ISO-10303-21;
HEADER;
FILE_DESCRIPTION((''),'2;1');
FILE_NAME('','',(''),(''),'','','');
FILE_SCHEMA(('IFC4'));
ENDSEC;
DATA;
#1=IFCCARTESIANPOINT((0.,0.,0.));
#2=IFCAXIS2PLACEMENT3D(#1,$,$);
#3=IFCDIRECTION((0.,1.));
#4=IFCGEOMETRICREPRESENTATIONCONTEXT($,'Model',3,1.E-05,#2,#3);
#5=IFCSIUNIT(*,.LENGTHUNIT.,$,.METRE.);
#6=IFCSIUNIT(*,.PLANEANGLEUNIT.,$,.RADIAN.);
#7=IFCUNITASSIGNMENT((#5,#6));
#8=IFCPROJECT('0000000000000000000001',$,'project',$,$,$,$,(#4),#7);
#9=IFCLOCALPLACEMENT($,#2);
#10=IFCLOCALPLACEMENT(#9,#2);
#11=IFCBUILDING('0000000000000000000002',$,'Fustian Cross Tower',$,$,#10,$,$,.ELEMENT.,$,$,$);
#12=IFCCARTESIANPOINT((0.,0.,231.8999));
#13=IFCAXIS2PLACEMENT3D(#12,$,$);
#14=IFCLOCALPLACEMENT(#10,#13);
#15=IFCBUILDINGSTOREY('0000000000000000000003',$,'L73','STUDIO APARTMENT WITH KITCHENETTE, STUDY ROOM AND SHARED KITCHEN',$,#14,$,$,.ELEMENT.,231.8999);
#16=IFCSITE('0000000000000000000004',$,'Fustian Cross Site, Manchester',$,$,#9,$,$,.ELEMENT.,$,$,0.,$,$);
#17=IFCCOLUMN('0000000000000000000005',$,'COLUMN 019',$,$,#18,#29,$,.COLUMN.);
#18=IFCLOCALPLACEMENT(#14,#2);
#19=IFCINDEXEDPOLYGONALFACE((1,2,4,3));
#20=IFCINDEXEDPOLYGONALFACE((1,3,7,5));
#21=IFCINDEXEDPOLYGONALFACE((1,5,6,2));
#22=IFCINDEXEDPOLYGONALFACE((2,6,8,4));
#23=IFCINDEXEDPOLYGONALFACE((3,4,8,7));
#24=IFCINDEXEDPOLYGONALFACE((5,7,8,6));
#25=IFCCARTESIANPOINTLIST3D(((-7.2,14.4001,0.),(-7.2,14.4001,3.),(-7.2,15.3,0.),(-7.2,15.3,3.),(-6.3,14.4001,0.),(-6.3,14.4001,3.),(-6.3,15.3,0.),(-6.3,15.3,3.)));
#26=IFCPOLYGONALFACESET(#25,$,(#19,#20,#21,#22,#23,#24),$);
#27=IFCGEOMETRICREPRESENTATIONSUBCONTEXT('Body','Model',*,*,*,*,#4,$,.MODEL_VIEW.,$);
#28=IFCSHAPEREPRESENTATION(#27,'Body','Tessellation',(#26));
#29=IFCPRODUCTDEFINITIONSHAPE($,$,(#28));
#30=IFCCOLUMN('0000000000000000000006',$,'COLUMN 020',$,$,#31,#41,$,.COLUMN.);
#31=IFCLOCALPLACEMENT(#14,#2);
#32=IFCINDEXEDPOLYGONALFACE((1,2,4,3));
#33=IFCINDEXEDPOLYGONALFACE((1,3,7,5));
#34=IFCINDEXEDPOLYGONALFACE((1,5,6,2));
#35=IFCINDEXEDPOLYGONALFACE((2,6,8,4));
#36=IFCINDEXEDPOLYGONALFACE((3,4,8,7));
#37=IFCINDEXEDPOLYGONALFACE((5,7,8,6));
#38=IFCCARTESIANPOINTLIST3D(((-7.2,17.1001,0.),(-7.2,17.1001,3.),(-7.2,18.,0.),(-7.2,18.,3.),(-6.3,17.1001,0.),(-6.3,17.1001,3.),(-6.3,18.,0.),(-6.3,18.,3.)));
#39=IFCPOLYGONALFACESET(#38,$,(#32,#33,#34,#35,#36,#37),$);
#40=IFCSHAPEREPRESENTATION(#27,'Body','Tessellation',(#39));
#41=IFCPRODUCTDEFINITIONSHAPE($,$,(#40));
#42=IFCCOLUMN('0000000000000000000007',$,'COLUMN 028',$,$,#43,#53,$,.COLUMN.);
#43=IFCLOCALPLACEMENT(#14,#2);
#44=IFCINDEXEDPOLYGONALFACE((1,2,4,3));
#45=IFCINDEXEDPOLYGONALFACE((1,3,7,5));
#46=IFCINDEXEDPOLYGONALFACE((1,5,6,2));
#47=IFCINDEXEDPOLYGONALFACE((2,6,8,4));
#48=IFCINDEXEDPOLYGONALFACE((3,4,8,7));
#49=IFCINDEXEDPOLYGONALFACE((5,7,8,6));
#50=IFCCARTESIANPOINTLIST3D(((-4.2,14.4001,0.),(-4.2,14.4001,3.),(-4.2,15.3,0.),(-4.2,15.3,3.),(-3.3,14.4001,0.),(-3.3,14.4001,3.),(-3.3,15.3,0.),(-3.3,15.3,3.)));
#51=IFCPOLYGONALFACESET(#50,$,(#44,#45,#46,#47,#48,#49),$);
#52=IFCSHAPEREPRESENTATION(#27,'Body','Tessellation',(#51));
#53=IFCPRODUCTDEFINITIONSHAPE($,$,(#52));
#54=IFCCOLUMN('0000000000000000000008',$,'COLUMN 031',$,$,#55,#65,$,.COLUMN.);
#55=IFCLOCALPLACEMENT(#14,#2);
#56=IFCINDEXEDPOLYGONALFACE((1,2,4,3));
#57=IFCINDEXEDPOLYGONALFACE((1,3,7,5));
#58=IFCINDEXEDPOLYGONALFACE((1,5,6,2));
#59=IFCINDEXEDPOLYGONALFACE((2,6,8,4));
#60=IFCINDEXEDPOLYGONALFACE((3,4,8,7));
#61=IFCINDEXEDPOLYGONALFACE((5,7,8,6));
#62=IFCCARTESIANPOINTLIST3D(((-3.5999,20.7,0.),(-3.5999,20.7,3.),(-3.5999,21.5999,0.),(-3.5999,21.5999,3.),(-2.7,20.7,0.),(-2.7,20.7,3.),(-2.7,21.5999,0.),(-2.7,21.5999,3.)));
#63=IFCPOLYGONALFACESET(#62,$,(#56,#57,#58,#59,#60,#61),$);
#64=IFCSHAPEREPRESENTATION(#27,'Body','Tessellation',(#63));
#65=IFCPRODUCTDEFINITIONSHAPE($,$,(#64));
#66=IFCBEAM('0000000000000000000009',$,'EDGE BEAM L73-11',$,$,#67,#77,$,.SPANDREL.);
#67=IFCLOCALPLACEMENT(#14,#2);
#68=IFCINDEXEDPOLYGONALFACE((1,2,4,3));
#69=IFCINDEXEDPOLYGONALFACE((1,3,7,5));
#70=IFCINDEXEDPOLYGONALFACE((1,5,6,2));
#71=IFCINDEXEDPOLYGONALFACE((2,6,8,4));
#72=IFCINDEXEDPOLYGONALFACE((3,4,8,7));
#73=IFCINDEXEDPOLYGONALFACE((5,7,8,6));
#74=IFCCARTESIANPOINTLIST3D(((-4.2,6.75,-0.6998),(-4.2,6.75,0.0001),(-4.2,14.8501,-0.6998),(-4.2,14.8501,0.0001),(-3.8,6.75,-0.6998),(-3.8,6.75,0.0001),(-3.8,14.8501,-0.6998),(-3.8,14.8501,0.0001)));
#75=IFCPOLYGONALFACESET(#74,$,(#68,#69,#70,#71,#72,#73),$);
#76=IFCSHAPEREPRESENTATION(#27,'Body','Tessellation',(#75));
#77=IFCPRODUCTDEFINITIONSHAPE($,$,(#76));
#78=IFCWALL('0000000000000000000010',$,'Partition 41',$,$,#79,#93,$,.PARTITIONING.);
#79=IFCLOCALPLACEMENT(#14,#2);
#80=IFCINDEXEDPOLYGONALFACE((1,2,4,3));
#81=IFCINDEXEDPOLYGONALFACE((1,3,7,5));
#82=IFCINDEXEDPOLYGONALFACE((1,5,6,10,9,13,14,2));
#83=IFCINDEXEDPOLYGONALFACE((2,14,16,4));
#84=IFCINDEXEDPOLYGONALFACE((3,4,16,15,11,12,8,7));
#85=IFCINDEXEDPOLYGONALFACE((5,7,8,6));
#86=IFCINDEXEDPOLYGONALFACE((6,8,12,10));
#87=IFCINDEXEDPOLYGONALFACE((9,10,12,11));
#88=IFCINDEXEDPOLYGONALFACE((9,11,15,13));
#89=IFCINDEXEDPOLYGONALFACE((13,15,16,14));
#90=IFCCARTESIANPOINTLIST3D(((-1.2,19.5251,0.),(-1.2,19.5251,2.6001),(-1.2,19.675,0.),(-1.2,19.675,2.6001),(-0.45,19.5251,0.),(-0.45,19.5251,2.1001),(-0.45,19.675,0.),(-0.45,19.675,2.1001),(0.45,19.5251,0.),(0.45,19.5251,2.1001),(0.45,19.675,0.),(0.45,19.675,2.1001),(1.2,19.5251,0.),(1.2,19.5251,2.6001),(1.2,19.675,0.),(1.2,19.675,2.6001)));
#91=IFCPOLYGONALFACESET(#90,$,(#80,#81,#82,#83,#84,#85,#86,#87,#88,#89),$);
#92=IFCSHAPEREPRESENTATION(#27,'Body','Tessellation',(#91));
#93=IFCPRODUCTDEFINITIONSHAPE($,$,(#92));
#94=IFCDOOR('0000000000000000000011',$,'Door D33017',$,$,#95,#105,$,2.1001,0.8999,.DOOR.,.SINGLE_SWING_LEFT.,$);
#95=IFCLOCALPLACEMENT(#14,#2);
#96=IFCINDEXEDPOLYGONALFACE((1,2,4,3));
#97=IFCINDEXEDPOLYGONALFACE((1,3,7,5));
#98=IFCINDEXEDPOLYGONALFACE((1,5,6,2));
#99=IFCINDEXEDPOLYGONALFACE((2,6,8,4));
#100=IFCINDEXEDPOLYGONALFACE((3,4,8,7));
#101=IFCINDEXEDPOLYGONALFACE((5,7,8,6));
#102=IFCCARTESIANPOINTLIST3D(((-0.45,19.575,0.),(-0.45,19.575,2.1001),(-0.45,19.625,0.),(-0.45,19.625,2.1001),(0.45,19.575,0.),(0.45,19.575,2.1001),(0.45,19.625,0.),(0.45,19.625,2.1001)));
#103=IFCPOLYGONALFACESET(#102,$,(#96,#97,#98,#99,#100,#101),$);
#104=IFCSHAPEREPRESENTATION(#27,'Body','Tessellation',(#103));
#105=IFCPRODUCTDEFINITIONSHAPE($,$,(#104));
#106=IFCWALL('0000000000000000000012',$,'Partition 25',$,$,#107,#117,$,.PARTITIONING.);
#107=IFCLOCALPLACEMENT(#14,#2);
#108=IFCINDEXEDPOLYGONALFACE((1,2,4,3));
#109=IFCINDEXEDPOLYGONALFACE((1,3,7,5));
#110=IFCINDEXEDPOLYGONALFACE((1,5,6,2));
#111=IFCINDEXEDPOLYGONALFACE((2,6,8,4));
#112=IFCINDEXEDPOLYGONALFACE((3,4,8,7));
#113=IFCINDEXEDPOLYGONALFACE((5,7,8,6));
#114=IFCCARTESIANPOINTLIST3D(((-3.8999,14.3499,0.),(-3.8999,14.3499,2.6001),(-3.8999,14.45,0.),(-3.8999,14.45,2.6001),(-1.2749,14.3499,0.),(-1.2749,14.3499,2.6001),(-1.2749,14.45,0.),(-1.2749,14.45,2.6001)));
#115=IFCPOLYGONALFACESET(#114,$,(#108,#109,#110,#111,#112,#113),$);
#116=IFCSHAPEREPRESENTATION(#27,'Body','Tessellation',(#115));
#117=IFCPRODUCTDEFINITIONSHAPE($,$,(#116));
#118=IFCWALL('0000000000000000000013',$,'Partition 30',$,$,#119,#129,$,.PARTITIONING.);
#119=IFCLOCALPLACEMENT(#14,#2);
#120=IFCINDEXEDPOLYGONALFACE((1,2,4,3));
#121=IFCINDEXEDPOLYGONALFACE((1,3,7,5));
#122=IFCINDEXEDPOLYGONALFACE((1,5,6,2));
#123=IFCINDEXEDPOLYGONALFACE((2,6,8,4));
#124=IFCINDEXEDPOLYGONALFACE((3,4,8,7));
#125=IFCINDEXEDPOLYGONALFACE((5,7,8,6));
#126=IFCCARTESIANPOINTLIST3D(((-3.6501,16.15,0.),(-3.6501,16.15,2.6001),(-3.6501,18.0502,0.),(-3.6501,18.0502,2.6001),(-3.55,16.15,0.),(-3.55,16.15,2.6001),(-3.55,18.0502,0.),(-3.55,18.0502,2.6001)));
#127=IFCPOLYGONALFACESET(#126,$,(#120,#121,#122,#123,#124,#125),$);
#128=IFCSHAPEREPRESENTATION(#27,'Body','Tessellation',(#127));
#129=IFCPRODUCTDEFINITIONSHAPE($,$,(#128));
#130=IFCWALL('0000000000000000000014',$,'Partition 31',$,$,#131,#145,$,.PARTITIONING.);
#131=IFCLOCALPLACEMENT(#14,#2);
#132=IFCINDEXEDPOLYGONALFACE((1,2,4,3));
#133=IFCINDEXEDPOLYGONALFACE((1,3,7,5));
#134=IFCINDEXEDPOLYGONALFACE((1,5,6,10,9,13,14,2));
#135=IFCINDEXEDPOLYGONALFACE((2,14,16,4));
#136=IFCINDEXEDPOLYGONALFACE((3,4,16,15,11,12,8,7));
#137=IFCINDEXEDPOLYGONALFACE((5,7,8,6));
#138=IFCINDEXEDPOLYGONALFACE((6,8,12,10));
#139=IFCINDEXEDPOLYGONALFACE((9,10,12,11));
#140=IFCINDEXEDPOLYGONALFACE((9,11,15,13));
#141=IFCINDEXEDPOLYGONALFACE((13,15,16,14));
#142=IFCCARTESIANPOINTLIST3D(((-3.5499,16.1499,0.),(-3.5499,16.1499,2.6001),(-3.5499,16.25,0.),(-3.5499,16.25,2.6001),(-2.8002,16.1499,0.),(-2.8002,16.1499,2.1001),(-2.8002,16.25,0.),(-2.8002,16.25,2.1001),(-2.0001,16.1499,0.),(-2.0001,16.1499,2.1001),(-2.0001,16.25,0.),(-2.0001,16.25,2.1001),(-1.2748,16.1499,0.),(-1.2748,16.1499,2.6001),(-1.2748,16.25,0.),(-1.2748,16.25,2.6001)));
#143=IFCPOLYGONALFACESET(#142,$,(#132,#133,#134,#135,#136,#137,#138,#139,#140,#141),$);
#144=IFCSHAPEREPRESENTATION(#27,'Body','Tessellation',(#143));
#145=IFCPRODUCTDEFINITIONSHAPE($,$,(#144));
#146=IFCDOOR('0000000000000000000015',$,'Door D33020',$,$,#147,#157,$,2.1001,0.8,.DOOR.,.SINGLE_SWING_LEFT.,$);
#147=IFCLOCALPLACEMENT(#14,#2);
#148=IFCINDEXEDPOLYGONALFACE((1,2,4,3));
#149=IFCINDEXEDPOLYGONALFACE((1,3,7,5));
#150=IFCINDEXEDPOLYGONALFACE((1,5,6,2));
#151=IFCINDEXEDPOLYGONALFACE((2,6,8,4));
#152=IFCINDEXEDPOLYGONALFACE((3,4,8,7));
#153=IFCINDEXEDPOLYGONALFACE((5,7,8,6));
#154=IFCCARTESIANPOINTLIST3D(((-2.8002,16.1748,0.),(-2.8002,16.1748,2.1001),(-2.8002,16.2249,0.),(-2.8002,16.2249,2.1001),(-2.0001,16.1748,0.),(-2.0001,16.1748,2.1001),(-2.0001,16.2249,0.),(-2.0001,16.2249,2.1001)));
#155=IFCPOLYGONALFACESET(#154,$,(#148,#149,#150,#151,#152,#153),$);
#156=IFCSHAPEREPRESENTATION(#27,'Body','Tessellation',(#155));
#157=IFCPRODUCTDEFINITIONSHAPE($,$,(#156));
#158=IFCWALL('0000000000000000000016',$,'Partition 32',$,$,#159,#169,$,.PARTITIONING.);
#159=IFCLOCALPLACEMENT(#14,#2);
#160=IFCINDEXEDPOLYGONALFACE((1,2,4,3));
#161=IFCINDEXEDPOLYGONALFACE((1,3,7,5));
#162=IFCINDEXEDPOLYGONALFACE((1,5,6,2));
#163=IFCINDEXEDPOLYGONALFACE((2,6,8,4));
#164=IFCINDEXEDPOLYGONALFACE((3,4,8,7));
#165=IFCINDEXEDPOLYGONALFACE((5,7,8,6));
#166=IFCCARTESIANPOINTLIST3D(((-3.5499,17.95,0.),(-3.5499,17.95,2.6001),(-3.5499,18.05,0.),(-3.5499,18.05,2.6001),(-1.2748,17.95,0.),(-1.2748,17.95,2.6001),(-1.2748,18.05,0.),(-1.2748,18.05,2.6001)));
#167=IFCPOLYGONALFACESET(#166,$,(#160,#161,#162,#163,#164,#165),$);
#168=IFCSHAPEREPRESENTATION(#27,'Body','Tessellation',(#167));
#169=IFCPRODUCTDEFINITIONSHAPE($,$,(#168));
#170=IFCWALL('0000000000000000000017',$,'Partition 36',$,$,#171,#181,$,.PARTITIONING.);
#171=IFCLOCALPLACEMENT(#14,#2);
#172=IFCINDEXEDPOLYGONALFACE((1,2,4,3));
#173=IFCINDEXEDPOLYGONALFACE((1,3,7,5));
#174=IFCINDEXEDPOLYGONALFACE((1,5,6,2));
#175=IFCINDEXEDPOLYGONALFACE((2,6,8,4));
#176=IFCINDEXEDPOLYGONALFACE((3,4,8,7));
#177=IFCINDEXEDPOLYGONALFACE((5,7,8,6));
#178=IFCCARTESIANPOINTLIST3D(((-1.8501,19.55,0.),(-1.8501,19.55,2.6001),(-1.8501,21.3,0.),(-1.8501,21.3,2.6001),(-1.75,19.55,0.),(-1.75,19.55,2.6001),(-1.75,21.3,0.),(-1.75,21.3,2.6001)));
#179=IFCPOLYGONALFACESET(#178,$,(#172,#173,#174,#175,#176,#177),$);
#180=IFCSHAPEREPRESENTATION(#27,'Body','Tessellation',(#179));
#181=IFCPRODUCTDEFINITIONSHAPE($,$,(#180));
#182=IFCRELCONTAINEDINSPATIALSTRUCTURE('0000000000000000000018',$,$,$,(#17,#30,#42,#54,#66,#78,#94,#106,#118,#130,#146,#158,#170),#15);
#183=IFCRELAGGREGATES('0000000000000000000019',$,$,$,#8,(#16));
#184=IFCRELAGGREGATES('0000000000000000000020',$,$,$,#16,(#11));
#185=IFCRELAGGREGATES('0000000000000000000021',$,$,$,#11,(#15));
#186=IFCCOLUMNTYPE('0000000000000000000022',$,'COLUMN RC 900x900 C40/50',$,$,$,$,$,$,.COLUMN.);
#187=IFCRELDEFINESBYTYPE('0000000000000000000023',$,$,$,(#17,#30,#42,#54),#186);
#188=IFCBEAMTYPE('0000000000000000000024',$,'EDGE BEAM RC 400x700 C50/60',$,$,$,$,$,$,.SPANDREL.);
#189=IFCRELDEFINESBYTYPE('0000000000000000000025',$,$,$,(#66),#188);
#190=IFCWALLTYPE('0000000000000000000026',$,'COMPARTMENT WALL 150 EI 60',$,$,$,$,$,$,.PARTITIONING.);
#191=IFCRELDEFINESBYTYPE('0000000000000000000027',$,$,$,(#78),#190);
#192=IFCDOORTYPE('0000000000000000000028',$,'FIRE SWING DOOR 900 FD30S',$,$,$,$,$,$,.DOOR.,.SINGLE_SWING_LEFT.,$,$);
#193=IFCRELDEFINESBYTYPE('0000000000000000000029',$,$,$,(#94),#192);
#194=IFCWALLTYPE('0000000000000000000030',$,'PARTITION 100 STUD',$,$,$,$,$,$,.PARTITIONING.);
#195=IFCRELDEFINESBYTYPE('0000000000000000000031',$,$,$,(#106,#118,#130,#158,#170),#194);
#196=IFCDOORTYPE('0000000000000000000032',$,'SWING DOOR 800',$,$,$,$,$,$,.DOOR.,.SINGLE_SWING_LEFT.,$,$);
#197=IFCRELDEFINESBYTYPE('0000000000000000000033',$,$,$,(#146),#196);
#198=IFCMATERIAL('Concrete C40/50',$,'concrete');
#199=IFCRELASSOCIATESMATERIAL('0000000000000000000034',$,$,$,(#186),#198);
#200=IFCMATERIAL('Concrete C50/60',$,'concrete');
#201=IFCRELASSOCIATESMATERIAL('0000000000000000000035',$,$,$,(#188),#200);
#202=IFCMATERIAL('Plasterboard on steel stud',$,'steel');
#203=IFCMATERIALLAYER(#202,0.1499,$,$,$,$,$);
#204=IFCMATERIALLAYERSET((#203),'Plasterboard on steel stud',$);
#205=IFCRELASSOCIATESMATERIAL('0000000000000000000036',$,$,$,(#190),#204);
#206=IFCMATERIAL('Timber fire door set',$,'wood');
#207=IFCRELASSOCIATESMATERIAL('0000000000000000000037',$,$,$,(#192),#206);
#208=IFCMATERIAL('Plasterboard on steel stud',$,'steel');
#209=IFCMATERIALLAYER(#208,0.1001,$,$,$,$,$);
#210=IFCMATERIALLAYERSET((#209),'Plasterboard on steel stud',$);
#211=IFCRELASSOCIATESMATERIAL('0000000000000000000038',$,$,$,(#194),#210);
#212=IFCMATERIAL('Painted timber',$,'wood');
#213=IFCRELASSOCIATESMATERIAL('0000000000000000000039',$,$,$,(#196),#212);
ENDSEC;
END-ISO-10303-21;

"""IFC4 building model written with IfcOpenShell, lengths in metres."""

from ifc_helpers import new_model, si_unit, direction, frame, frame_2d, origin, origin_2d, place, context, subcontext, project, spatial, rectangle, extrude, material, layer, layer_set, material_profile, profile_set, type_object, element, fill, save


model = new_model("IFC4")

# Units and contexts
model_context = context("Model", 3, precision=1e-05, world=origin(), true_north=direction((0.0, 1.0)))
body_context = subcontext(model_context, "Body", "Model", "MODEL_VIEW")
ifc_project = project(units=[si_unit("LENGTHUNIT", "METRE"), si_unit("PLANEANGLEUNIT", "RADIAN")], contexts=[model_context])

# Site, building, storey
site_placement = place(None, origin())
site = spatial("IfcSite", under=ifc_project, at=site_placement, Name="Fustian Cross Site, Manchester", CompositionType="ELEMENT", RefElevation=0.0)
building_placement = place(site_placement, origin())
building = spatial("IfcBuilding", under=site, at=building_placement, Name="Fustian Cross Tower", CompositionType="ELEMENT")
storey_placement = place(building_placement, frame((0.0, 0.0, 231.8999)))
storey = spatial("IfcBuildingStorey", under=building, at=storey_placement, Name="L73", Description="STUDIO APARTMENT WITH KITCHENETTE, STUDY ROOM AND SHARED KITCHEN", CompositionType="ELEMENT", Elevation=231.8999)

# Columns
ifc_material_1 = material(Name="Concrete C40/50", Category="concrete")
ifc_material_profile_1 = material_profile(ifc_material_1, rectangle(XDim=0.8999, YDim=0.8999, at=origin_2d()), Name="RC 900x900")
ifc_profile_set_1 = profile_set([ifc_material_profile_1], Name="Concrete C40/50")
column_type = type_object("IfcColumnType", Name="COLUMN RC 900x900 C40/50", PredefinedType="COLUMN", material=ifc_profile_set_1)
for number, where, z_axis, x_axis, name in (
    (1, (-6.75, 14.8501, 0.0), (0.0, 0.0, 1.0), (1.0, 0.0, 0.0), "COLUMN 019"),
    (2, (-6.75, 17.55, 0.0), (0.0, 0.0, 1.0), (1.0, 0.0, 0.0), "COLUMN 020"),
    (3, (-3.75, 14.8501, 0.0), (0.0, 0.0, 1.0), (1.0, 0.0, 0.0), "COLUMN 028"),
    (4, (-3.1499, 21.1499, 0.0), (0.0, 0.0, 1.0), (1.0, 0.0, 0.0), "COLUMN 031"),
):
    element("IfcColumn", number, at=place(storey_placement, frame(where, z_axis=z_axis, x_axis=x_axis)), inside=storey, type_object=column_type, Name=name, PredefinedType="COLUMN", context=body_context, shape_type="SweptSolid", body=[
        extrude(rectangle(XDim=0.8999, YDim=0.8999, at=origin_2d()), origin(), (0.0, 0.0, 1.0), 3.0),
    ])

# Beam
ifc_material_2 = material(Name="Concrete C50/60", Category="concrete")
ifc_material_profile_2 = material_profile(ifc_material_2, rectangle(XDim=0.3999, YDim=0.7, at=origin_2d()), Name="RC 400x700")
ifc_profile_set_2 = profile_set([ifc_material_profile_2], Name="Concrete C50/60")
beam_type = type_object("IfcBeamType", Name="EDGE BEAM RC 400x700 C50/60", PredefinedType="SPANDREL", material=ifc_profile_set_2)
beam_placement = place(storey_placement, frame((-4.0, 14.8501, -0.3499), z_axis=(0.0, -1.0, 0.0), x_axis=(1.0, 0.0, 0.0)))
element("IfcBeam", 5, at=beam_placement, inside=storey, type_object=beam_type, Name="EDGE BEAM L73-11", PredefinedType="SPANDREL", context=body_context, shape_type="SweptSolid", body=[
    extrude(rectangle(XDim=0.3999, YDim=0.7, at=origin_2d()), origin(), (0.0, 0.0, 1.0), 8.1001),
])

# Wall, opening, door
ifc_material_3 = material(Name="Plasterboard on steel stud", Category="steel")
ifc_layer_1 = layer(ifc_material_3, 0.1499)
ifc_layer_set_1 = layer_set([ifc_layer_1], Name="Plasterboard on steel stud")
wall_type_1 = type_object("IfcWallType", Name="COMPARTMENT WALL 150 EI 60", PredefinedType="PARTITIONING", material=ifc_layer_set_1)
wall_1_placement = place(storey_placement, frame((-1.2, 19.6001, 0.0), z_axis=(0.0, 0.0, 1.0), x_axis=(1.0, 0.0, 0.0)))
wall_1 = element("IfcWall", 6, at=wall_1_placement, inside=storey, type_object=wall_type_1, Name="Partition 41", PredefinedType="PARTITIONING", context=body_context, shape_type="SweptSolid", body=[
    extrude(rectangle(XDim=2.3999, YDim=0.1499, at=frame_2d((1.2, 0.0))), origin(), (0.0, 0.0, 1.0), 2.6001),
])
opening_1_placement = place(wall_1_placement, frame((0.75, 0.0, 0.0)))
opening_1 = element("IfcOpeningElement", 7, at=opening_1_placement, cuts=wall_1, PredefinedType="OPENING", context=body_context, shape_type="SweptSolid", body=[
    extrude(rectangle(XDim=0.8999, YDim=2.1001, at=frame_2d((0.45, 1.05))), frame((0.0, 0.085, 0.0), z_axis=(0.0, -1.0, 0.0), x_axis=(1.0, 0.0, 0.0)), (0.0, 0.0, 1.0), 0.1699),
])
ifc_material_4 = material(Name="Timber fire door set", Category="wood")
door_type_1 = type_object("IfcDoorType", Name="FIRE SWING DOOR 900 FD30S", OperationType="SINGLE_SWING_LEFT", PredefinedType="DOOR", material=ifc_material_4)
door_1_placement = place(opening_1_placement, origin())
door_1 = element("IfcDoor", 8, at=door_1_placement, inside=storey, type_object=door_type_1, Name="Door D33017", OperationType="SINGLE_SWING_LEFT", OverallHeight=2.1001, OverallWidth=0.8999, PredefinedType="DOOR", context=body_context, shape_type="SweptSolid", body=[
    extrude(rectangle(XDim=0.8999, YDim=2.1001, at=frame_2d((0.45, 1.05))), frame((0.0, 0.0249, 0.0), z_axis=(0.0, -1.0, 0.0), x_axis=(1.0, 0.0, 0.0)), (0.0, 0.0, 1.0), 0.05),
])
fill(opening_1, door_1)

# Walls
ifc_material_5 = material(Name="Plasterboard on steel stud", Category="steel")
ifc_layer_2 = layer(ifc_material_5, 0.1001)
ifc_layer_set_2 = layer_set([ifc_layer_2], Name="Plasterboard on steel stud")
wall_type_2 = type_object("IfcWallType", Name="PARTITION 100 STUD", PredefinedType="PARTITIONING", material=ifc_layer_set_2)
wall_2_placement = place(storey_placement, frame((-3.8999, 14.3999, 0.0), z_axis=(0.0, 0.0, 1.0), x_axis=(1.0, 0.0, 0.0)))
element("IfcWall", 9, at=wall_2_placement, inside=storey, type_object=wall_type_2, Name="Partition 25", PredefinedType="PARTITIONING", context=body_context, shape_type="SweptSolid", body=[
    extrude(rectangle(XDim=2.625, YDim=0.1001, at=frame_2d((1.3125, 0.0))), origin(), (0.0, 0.0, 1.0), 2.6001),
])
wall_3_placement = place(storey_placement, frame((-3.6001, 16.1499, 0.0), z_axis=(0.0, 0.0, 1.0), x_axis=(0.0, 1.0, 0.0)))
element("IfcWall", 10, at=wall_3_placement, inside=storey, type_object=wall_type_2, Name="Partition 30", PredefinedType="PARTITIONING", context=body_context, shape_type="SweptSolid", body=[
    extrude(rectangle(XDim=1.9001, YDim=0.1001, at=frame_2d((0.9502, 0.0))), origin(), (0.0, 0.0, 1.0), 2.6001),
])

# Wall, opening, door
wall_4_placement = place(storey_placement, frame((-3.55, 16.2, 0.0), z_axis=(0.0, 0.0, 1.0), x_axis=(1.0, 0.0, 0.0)))
wall_4 = element("IfcWall", 11, at=wall_4_placement, inside=storey, type_object=wall_type_2, Name="Partition 31", PredefinedType="PARTITIONING", context=body_context, shape_type="SweptSolid", body=[
    extrude(rectangle(XDim=2.2751, YDim=0.1001, at=frame_2d((1.1377, 0.0))), origin(), (0.0, 0.0, 1.0), 2.6001),
])
opening_2_placement = place(wall_4_placement, frame((0.75, 0.0, 0.0)))
opening_2 = element("IfcOpeningElement", 12, at=opening_2_placement, cuts=wall_4, PredefinedType="OPENING", context=body_context, shape_type="SweptSolid", body=[
    extrude(rectangle(XDim=0.8, YDim=2.1001, at=frame_2d((0.3999, 1.05))), frame((0.0, 0.0601, 0.0), z_axis=(0.0, -1.0, 0.0), x_axis=(1.0, 0.0, 0.0)), (0.0, 0.0, 1.0), 0.1201),
])
ifc_material_6 = material(Name="Painted timber", Category="wood")
door_type_2 = type_object("IfcDoorType", Name="SWING DOOR 800", OperationType="SINGLE_SWING_LEFT", PredefinedType="DOOR", material=ifc_material_6)
door_2_placement = place(opening_2_placement, origin())
door_2 = element("IfcDoor", 13, at=door_2_placement, inside=storey, type_object=door_type_2, Name="Door D33020", OperationType="SINGLE_SWING_LEFT", OverallHeight=2.1001, OverallWidth=0.8, PredefinedType="DOOR", context=body_context, shape_type="SweptSolid", body=[
    extrude(rectangle(XDim=0.8, YDim=2.1001, at=frame_2d((0.3999, 1.05))), frame((0.0, 0.0249, 0.0), z_axis=(0.0, -1.0, 0.0), x_axis=(1.0, 0.0, 0.0)), (0.0, 0.0, 1.0), 0.05),
])
fill(opening_2, door_2)

# Walls
wall_5_placement = place(storey_placement, frame((-3.55, 18.0, 0.0), z_axis=(0.0, 0.0, 1.0), x_axis=(1.0, 0.0, 0.0)))
element("IfcWall", 14, at=wall_5_placement, inside=storey, type_object=wall_type_2, Name="Partition 32", PredefinedType="PARTITIONING", context=body_context, shape_type="SweptSolid", body=[
    extrude(rectangle(XDim=2.2751, YDim=0.1001, at=frame_2d((1.1377, 0.0))), origin(), (0.0, 0.0, 1.0), 2.6001),
])
wall_6_placement = place(storey_placement, frame((-1.8, 19.55, 0.0), z_axis=(0.0, 0.0, 1.0), x_axis=(0.0, 1.0, 0.0)))
element("IfcWall", 15, at=wall_6_placement, inside=storey, type_object=wall_type_2, Name="Partition 36", PredefinedType="PARTITIONING", context=body_context, shape_type="SweptSolid", body=[
    extrude(rectangle(XDim=1.75, YDim=0.1001, at=frame_2d((0.875, 0.0))), origin(), (0.0, 0.0, 1.0), 2.6001),
])

save(model, "model.ifc")
